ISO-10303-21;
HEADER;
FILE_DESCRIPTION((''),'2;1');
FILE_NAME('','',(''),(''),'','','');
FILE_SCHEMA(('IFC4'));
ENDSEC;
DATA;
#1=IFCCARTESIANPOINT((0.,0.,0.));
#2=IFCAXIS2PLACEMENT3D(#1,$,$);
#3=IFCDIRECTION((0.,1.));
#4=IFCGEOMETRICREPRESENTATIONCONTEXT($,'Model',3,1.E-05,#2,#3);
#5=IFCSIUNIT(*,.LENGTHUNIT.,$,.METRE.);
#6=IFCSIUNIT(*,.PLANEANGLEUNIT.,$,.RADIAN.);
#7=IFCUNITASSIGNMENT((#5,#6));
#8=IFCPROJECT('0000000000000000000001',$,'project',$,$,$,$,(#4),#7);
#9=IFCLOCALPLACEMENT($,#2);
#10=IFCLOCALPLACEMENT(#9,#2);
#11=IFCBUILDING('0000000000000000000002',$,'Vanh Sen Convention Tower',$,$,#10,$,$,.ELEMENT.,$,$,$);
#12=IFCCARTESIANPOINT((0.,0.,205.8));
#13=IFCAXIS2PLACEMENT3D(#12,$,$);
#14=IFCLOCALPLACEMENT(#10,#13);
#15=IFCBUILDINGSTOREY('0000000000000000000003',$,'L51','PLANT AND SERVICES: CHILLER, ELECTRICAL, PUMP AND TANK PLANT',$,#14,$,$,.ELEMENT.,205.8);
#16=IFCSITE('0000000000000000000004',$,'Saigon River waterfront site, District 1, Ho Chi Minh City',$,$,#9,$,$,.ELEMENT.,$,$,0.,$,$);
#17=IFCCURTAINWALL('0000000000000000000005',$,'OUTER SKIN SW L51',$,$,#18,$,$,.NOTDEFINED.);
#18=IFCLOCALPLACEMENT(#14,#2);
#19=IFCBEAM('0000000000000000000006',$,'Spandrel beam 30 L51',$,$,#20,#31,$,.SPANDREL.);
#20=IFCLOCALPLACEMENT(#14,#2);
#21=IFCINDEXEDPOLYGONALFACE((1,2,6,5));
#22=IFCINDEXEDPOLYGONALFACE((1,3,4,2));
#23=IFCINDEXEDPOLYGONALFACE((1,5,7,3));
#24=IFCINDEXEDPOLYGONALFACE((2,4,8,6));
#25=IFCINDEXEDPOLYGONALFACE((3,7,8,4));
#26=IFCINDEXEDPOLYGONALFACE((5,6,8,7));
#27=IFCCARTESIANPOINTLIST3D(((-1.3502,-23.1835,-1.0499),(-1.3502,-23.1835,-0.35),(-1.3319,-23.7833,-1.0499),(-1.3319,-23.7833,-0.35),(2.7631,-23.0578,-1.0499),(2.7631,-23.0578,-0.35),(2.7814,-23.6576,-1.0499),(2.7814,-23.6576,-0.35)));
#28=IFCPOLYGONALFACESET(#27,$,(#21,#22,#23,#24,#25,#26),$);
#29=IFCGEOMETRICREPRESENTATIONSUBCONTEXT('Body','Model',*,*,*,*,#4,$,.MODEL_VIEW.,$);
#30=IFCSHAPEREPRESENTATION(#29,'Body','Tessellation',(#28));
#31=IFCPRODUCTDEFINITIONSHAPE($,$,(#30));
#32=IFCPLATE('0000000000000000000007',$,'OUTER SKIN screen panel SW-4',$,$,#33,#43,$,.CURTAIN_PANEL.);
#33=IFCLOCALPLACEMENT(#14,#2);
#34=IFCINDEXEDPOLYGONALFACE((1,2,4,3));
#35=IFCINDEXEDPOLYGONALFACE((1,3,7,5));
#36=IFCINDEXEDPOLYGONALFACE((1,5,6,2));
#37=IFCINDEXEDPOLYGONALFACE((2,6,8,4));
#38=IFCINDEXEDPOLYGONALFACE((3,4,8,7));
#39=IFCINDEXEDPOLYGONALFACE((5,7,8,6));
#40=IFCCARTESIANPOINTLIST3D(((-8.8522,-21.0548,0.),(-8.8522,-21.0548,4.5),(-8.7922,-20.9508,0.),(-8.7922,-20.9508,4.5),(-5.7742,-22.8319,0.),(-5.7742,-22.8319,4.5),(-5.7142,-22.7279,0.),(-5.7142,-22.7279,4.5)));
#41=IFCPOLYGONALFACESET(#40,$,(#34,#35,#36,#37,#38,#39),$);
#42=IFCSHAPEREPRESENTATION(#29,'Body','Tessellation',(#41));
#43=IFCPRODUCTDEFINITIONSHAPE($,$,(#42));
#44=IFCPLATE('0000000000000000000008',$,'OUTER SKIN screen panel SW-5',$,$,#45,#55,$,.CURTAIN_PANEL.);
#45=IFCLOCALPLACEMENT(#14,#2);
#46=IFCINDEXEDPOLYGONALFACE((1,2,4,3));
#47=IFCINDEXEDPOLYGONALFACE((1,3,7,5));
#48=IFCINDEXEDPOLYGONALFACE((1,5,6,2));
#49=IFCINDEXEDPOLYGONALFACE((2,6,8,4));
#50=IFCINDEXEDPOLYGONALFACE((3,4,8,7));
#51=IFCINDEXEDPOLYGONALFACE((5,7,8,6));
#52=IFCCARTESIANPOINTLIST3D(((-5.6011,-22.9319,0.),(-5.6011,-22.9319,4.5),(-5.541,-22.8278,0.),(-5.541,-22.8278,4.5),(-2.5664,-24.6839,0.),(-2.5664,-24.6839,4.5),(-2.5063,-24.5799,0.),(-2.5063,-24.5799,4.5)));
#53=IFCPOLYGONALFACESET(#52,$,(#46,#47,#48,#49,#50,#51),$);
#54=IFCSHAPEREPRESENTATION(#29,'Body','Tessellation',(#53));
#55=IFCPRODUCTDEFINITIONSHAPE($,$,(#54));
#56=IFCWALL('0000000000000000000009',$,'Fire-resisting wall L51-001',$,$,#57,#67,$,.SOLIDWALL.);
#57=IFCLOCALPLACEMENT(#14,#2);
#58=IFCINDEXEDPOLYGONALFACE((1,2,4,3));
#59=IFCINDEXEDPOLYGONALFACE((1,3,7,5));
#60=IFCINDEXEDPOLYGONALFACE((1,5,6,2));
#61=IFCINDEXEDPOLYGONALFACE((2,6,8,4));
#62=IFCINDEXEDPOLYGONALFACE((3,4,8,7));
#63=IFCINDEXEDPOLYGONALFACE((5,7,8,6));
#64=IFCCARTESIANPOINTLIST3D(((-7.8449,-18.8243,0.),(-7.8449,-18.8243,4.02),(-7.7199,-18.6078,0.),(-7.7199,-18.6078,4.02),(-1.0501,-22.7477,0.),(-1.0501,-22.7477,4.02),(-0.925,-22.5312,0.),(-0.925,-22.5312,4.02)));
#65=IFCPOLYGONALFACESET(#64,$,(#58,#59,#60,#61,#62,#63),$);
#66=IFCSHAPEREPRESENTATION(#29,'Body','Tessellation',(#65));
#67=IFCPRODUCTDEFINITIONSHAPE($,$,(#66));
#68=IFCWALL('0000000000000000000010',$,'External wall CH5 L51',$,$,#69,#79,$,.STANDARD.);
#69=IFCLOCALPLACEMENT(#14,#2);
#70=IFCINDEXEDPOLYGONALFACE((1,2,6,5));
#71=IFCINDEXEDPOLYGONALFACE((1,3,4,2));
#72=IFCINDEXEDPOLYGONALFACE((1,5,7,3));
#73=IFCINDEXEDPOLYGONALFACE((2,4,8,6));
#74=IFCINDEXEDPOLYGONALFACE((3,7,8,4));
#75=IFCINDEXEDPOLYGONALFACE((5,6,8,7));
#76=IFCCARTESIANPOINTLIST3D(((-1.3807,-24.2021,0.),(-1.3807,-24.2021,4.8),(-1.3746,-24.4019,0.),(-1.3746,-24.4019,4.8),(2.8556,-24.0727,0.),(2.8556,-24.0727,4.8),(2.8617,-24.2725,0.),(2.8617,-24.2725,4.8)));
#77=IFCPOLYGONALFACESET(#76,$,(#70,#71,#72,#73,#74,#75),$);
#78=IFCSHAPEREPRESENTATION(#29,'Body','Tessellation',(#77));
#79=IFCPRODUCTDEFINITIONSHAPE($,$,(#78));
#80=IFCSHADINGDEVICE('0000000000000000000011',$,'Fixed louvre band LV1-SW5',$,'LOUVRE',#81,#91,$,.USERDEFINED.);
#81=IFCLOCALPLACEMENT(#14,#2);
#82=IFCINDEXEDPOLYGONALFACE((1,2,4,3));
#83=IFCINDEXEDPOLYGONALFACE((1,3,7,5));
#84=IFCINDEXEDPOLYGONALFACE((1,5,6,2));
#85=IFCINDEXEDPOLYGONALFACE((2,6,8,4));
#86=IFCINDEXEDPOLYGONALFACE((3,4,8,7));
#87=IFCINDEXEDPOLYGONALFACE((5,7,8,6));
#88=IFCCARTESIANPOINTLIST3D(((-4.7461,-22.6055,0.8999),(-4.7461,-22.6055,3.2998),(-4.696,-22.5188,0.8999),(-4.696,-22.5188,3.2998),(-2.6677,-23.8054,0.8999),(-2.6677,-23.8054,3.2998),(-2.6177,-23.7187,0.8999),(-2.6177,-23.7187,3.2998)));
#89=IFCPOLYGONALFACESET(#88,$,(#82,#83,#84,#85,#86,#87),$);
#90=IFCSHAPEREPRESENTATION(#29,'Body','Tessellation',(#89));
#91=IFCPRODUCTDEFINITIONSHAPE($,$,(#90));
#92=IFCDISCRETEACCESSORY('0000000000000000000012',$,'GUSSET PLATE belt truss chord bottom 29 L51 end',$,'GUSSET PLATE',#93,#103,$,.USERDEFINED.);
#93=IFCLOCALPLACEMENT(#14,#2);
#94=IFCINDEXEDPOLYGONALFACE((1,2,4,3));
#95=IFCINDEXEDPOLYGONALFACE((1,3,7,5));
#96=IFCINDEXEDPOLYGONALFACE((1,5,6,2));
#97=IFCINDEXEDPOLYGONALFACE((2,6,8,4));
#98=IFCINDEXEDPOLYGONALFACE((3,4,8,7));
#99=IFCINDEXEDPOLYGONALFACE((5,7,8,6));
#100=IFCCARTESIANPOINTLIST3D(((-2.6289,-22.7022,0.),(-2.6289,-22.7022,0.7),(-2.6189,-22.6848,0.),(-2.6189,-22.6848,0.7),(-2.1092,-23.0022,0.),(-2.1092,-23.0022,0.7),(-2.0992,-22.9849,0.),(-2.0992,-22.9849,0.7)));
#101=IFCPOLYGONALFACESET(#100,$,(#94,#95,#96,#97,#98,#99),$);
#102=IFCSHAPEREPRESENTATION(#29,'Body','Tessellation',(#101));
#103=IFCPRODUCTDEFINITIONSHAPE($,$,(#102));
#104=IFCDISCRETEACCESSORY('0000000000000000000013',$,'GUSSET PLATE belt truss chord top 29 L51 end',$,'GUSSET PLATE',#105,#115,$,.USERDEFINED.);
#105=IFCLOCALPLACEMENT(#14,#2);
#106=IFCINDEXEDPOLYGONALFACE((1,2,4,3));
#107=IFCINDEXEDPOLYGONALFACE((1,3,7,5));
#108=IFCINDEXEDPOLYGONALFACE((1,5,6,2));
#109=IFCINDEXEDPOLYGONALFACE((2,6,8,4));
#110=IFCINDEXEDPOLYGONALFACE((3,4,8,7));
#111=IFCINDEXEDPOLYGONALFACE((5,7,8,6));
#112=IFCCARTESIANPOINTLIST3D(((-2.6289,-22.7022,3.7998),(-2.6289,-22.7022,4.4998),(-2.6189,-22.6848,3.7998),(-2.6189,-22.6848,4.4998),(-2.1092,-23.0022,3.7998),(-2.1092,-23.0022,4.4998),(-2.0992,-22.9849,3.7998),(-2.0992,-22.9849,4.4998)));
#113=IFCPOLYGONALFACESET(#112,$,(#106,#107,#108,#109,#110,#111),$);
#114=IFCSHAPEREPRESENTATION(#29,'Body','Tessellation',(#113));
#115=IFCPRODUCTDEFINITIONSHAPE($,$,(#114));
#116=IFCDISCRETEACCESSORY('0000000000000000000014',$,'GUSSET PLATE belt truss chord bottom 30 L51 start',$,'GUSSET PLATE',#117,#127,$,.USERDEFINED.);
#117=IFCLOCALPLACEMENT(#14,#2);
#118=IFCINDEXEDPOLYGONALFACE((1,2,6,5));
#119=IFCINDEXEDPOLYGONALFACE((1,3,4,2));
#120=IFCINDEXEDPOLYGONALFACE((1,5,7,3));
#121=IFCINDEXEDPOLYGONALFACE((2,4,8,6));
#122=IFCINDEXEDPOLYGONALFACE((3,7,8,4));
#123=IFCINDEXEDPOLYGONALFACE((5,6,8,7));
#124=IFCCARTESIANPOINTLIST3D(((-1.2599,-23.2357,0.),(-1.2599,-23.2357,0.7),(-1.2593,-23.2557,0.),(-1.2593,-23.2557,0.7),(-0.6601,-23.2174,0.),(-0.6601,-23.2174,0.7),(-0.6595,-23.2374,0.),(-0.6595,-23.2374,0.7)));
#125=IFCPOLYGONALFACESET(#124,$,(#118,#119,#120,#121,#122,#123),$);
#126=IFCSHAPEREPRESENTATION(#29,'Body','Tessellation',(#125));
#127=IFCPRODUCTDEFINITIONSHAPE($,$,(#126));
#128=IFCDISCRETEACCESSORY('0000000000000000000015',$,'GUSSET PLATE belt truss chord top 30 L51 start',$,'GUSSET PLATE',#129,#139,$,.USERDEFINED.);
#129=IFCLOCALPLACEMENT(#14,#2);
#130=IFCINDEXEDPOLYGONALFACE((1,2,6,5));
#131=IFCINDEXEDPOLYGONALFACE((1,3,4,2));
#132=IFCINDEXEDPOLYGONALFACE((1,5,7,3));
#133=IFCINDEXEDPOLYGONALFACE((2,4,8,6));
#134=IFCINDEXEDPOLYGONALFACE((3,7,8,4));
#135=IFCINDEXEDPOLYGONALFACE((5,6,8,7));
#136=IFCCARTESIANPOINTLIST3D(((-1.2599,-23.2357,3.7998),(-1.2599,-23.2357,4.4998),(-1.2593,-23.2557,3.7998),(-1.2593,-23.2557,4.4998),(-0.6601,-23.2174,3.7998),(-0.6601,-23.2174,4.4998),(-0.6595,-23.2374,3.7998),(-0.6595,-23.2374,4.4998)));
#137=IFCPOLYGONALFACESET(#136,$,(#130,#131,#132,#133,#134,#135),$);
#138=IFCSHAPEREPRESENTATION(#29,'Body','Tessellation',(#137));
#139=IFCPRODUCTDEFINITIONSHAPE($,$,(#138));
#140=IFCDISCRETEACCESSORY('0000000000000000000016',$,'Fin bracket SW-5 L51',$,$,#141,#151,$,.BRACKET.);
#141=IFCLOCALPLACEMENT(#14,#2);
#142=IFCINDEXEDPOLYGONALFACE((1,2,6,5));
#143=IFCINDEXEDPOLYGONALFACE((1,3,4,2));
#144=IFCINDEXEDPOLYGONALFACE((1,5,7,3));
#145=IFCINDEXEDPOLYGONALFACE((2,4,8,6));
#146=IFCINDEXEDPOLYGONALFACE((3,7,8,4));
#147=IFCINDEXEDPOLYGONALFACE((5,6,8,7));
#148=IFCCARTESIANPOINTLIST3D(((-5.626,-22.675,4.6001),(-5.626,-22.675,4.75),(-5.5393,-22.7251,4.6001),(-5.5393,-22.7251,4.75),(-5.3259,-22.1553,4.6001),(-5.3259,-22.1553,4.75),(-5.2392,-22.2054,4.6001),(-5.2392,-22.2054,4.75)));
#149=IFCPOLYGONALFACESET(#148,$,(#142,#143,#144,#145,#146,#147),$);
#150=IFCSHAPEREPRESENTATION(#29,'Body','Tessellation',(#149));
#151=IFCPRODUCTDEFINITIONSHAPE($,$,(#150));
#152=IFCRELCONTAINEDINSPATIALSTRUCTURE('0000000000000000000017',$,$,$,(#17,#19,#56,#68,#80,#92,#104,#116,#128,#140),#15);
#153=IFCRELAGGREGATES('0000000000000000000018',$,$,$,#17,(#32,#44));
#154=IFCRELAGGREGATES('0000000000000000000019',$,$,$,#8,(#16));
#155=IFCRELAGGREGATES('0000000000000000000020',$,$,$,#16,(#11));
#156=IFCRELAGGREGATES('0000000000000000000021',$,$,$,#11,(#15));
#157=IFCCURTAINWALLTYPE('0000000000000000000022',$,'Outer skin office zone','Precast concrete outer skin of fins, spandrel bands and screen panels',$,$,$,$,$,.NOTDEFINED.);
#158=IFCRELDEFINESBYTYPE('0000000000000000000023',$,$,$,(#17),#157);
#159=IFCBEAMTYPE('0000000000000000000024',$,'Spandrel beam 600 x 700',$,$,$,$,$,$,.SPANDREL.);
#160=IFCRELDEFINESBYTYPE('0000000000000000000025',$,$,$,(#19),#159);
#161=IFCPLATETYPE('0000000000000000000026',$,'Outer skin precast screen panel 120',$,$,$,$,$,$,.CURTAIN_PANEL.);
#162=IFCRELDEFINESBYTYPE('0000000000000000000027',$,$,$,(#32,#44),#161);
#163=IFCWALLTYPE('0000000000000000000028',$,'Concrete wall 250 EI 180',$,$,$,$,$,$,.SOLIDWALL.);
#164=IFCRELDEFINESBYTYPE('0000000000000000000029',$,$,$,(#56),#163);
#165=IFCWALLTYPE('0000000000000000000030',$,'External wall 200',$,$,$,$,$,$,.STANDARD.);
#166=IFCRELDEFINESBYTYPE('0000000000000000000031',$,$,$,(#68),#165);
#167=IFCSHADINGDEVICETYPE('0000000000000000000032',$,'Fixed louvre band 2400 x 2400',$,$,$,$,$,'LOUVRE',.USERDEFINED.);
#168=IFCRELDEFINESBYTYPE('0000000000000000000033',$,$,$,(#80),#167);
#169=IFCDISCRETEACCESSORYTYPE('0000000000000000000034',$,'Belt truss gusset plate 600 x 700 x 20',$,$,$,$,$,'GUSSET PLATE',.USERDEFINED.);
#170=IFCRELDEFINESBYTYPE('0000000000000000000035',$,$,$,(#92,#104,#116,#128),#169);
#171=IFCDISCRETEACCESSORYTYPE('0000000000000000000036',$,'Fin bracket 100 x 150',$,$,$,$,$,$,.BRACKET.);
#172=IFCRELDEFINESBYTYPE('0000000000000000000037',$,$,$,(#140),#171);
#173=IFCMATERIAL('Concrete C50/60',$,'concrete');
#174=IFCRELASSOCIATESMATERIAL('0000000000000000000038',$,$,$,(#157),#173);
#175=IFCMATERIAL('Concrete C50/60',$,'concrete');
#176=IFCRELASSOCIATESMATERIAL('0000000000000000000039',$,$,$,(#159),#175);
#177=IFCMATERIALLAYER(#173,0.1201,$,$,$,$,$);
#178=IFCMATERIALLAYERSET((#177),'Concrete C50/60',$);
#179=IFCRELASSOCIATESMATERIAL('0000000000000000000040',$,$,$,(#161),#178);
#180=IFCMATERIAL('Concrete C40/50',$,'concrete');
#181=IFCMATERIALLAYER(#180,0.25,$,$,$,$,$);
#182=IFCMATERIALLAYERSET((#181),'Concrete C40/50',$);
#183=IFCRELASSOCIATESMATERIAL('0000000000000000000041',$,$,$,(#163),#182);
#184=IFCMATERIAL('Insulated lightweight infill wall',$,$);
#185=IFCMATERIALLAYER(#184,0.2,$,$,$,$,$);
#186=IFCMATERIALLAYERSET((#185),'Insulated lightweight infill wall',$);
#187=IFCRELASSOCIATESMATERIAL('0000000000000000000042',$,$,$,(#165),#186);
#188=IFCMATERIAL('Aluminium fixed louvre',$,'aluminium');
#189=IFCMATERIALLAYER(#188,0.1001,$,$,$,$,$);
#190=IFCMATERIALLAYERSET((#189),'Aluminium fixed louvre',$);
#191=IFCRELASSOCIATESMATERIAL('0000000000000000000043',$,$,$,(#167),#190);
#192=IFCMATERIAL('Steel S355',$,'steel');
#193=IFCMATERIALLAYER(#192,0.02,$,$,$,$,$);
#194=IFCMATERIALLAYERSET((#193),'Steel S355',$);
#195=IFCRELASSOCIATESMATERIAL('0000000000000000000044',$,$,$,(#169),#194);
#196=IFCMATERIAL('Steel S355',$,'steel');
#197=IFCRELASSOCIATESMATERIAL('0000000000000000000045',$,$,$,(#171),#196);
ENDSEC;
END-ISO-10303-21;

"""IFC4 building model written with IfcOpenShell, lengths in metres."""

from ifc_helpers import new_model, si_unit, direction, frame, frame_2d, origin, origin_2d, place, context, subcontext, project, spatial, rectangle, extrude, material, layer, layer_set, material_profile, profile_set, type_object, element, aggregate, save


model = new_model("IFC4")

# Units and contexts
model_context = context("Model", 3, precision=1e-05, world=origin(), true_north=direction((0.0, 1.0)))
body_context = subcontext(model_context, "Body", "Model", "MODEL_VIEW")
ifc_project = project(units=[si_unit("LENGTHUNIT", "METRE"), si_unit("PLANEANGLEUNIT", "RADIAN")], contexts=[model_context])

# Site, building, storey
site_placement = place(None, origin())
site = spatial("IfcSite", under=ifc_project, at=site_placement, Name="Saigon River waterfront site, District 1, Ho Chi Minh City", CompositionType="ELEMENT", RefElevation=0.0)
building_placement = place(site_placement, origin())
building = spatial("IfcBuilding", under=site, at=building_placement, Name="Vanh Sen Convention Tower", CompositionType="ELEMENT")
storey_placement = place(building_placement, frame((0.0, 0.0, 205.8)))
storey = spatial("IfcBuildingStorey", under=building, at=storey_placement, Name="L51", Description="PLANT AND SERVICES: CHILLER, ELECTRICAL, PUMP AND TANK PLANT", CompositionType="ELEMENT", Elevation=205.8)

# Shared definitions
ifc_material_1 = material(Name="Steel S355", Category="steel")

# Curtain wall
ifc_material_2 = material(Name="Concrete C50/60", Category="concrete")
curtain_wall_type = type_object("IfcCurtainWallType", Name="Outer skin office zone", Description="Precast concrete outer skin of fins, spandrel bands and screen panels", PredefinedType="NOTDEFINED", material=ifc_material_2)
curtain_wall_1_placement = place(storey_placement, origin())
curtain_wall_1 = element("IfcCurtainWall", 1, at=curtain_wall_1_placement, inside=storey, type_object=curtain_wall_type, Name="OUTER SKIN SW L51", PredefinedType="NOTDEFINED")

# Beam
ifc_material_3 = material(Name="Concrete C50/60", Category="concrete")
ifc_material_profile_1 = material_profile(ifc_material_3, rectangle(XDim=0.6001, YDim=0.7, at=origin_2d()), Name="RC 600X700")
ifc_profile_set_1 = profile_set([ifc_material_profile_1], Name="Concrete C50/60")
beam_type = type_object("IfcBeamType", Name="Spandrel beam 600 x 700", PredefinedType="SPANDREL", material=ifc_profile_set_1)
beam_placement = place(storey_placement, frame((-1.3411, -23.4834, -0.7), z_axis=(0.999533, 0.030553, 0.0), x_axis=(-0.030553, 0.999533, 0.0)))
element("IfcBeam", 2, at=beam_placement, inside=storey, type_object=beam_type, Name="Spandrel beam 30 L51", PredefinedType="SPANDREL", context=body_context, shape_type="SweptSolid", body=[
    extrude(rectangle(XDim=0.6001, YDim=0.7, at=origin_2d()), origin(), (0.0, 0.0, 1.0), 4.1152),
])

# Plates
ifc_layer_1 = layer(ifc_material_2, 0.1201)
ifc_layer_set_1 = layer_set([ifc_layer_1], Name="Concrete C50/60")
plate_type = type_object("IfcPlateType", Name="Outer skin precast screen panel 120", PredefinedType="CURTAIN_PANEL", material=ifc_layer_set_1)
plate_1_placement = place(storey_placement, frame((-7.2832, -21.8914, 0.0), z_axis=(0.0, 0.0, 1.0), x_axis=(0.866017, -0.500015, 0.0)))
plate_1 = element("IfcPlate", 3, at=plate_1_placement, type_object=plate_type, Name="OUTER SKIN screen panel SW-4", PredefinedType="CURTAIN_PANEL", context=body_context, shape_type="SweptSolid", body=[
    extrude(rectangle(XDim=3.5542, YDim=0.1201, at=origin_2d()), origin(), (0.0, 0.0, 1.0), 4.5),
])
plate_2_placement = place(storey_placement, frame((-4.0537, -23.7559, 0.0), z_axis=(0.0, 0.0, 1.0), x_axis=(0.866035, -0.499983, 0.0)))
plate_2 = element("IfcPlate", 4, at=plate_2_placement, type_object=plate_type, Name="OUTER SKIN screen panel SW-5", PredefinedType="CURTAIN_PANEL", context=body_context, shape_type="SweptSolid", body=[
    extrude(rectangle(XDim=3.5042, YDim=0.1201, at=origin_2d()), origin(), (0.0, 0.0, 1.0), 4.5),
])
aggregate(curtain_wall_1, [plate_1, plate_2])

# Walls
ifc_material_4 = material(Name="Concrete C40/50", Category="concrete")
ifc_layer_2 = layer(ifc_material_4, 0.25)
ifc_layer_set_2 = layer_set([ifc_layer_2], Name="Concrete C40/50")
wall_type_1 = type_object("IfcWallType", Name="Concrete wall 250 EI 180", PredefinedType="SOLIDWALL", material=ifc_layer_set_2)
wall_1_placement = place(storey_placement, frame((-0.9875, -22.6394, 0.0), z_axis=(0.0, 0.0, 1.0), x_axis=(-0.866009, 0.500028, 0.0)))
element("IfcWall", 5, at=wall_1_placement, inside=storey, type_object=wall_type_1, Name="Fire-resisting wall L51-001", PredefinedType="SOLIDWALL", context=body_context, shape_type="SweptSolid", body=[
    extrude(rectangle(XDim=7.8462, YDim=0.25, at=frame_2d((3.9231, 0.0))), origin(), (0.0, 0.0, 1.0), 4.02),
])
ifc_material_5 = material(Name="Insulated lightweight infill wall")
ifc_layer_3 = layer(ifc_material_5, 0.2)
ifc_layer_set_3 = layer_set([ifc_layer_3], Name="Insulated lightweight infill wall")
wall_type_2 = type_object("IfcWallType", Name="External wall 200", PredefinedType="STANDARD", material=ifc_layer_set_3)
wall_2_placement = place(storey_placement, frame((-1.3777, -24.302, 0.0), z_axis=(0.0, 0.0, 1.0), x_axis=(0.999534, 0.03053, 0.0)))
element("IfcWall", 6, at=wall_2_placement, inside=storey, type_object=wall_type_2, Name="External wall CH5 L51", PredefinedType="STANDARD", context=body_context, shape_type="SweptSolid", body=[
    extrude(rectangle(XDim=4.2383, YDim=0.2, at=frame_2d((2.1191, 0.0))), origin(), (0.0, 0.0, 1.0), 4.8),
])

# Shading device
ifc_material_6 = material(Name="Aluminium fixed louvre", Category="aluminium")
ifc_layer_4 = layer(ifc_material_6, 0.1001)
ifc_layer_set_4 = layer_set([ifc_layer_4], Name="Aluminium fixed louvre")
shading_device_type = type_object("IfcShadingDeviceType", Name="Fixed louvre band 2400 x 2400", ElementType="LOUVRE", PredefinedType="USERDEFINED", material=ifc_layer_set_4)
shading_device_placement = place(storey_placement, frame((-3.6819, -23.1621, 0.8999), z_axis=(0.0, 0.0, 1.0), x_axis=(0.866025, -0.500002, 0.0)))
element("IfcShadingDevice", 7, at=shading_device_placement, inside=storey, type_object=shading_device_type, Name="Fixed louvre band LV1-SW5", ObjectType="LOUVRE", PredefinedType="USERDEFINED", context=body_context, shape_type="SweptSolid", body=[
    extrude(rectangle(XDim=2.3999, YDim=0.1001, at=origin_2d()), origin(), (0.0, 0.0, 1.0), 2.3999),
])

# Discrete accessories
ifc_layer_5 = layer(ifc_material_1, 0.02)
ifc_layer_set_5 = layer_set([ifc_layer_5], Name="Steel S355")
discrete_accessory_type_1 = type_object("IfcDiscreteAccessoryType", Name="Belt truss gusset plate 600 x 700 x 20", ElementType="GUSSET PLATE", PredefinedType="USERDEFINED", material=ifc_layer_set_5)
for number, where, z_axis, x_axis, name in (
    (8, (-2.364, -22.8435, 0.0), (0.0, 0.0, 1.0), (-0.866035, 0.499983, 0.0), "GUSSET PLATE belt truss chord bottom 29 L51 end"),
    (9, (-2.364, -22.8435, 3.7998), (0.0, 0.0, 1.0), (-0.866035, 0.499983, 0.0), "GUSSET PLATE belt truss chord top 29 L51 end"),
    (10, (-0.9597, -23.2366, 0.0), (0.0, 0.0, 1.0), (0.999534, 0.03054, 0.0), "GUSSET PLATE belt truss chord bottom 30 L51 start"),
    (11, (-0.9597, -23.2366, 3.7998), (0.0, 0.0, 1.0), (0.999534, 0.03054, 0.0), "GUSSET PLATE belt truss chord top 30 L51 start"),
):
    element("IfcDiscreteAccessory", number, at=place(storey_placement, frame(where, z_axis=z_axis, x_axis=x_axis)), inside=storey, type_object=discrete_accessory_type_1, Name=name, ObjectType="GUSSET PLATE", PredefinedType="USERDEFINED", context=body_context, shape_type="SweptSolid", body=[
        extrude(rectangle(XDim=0.6001, YDim=0.02, at=origin_2d()), origin(), (0.0, 0.0, 1.0), 0.7),
    ])
ifc_material_7 = material(Name="Steel S355", Category="steel")
discrete_accessory_type_2 = type_object("IfcDiscreteAccessoryType", Name="Fin bracket 100 x 150", PredefinedType="BRACKET", material=ifc_material_7)
discrete_accessory_placement = place(storey_placement, frame((-5.4326, -22.4402, 4.6001), z_axis=(0.0, 0.0, 1.0), x_axis=(-0.5, -0.866025, 0.0)))
element("IfcDiscreteAccessory", 12, at=discrete_accessory_placement, inside=storey, type_object=discrete_accessory_type_2, Name="Fin bracket SW-5 L51", PredefinedType="BRACKET", context=body_context, shape_type="SweptSolid", body=[
    extrude(rectangle(XDim=0.6001, YDim=0.1001, at=origin_2d()), origin(), (0.0, 0.0, 1.0), 0.1499),
])

save(model, "model.ifc")
